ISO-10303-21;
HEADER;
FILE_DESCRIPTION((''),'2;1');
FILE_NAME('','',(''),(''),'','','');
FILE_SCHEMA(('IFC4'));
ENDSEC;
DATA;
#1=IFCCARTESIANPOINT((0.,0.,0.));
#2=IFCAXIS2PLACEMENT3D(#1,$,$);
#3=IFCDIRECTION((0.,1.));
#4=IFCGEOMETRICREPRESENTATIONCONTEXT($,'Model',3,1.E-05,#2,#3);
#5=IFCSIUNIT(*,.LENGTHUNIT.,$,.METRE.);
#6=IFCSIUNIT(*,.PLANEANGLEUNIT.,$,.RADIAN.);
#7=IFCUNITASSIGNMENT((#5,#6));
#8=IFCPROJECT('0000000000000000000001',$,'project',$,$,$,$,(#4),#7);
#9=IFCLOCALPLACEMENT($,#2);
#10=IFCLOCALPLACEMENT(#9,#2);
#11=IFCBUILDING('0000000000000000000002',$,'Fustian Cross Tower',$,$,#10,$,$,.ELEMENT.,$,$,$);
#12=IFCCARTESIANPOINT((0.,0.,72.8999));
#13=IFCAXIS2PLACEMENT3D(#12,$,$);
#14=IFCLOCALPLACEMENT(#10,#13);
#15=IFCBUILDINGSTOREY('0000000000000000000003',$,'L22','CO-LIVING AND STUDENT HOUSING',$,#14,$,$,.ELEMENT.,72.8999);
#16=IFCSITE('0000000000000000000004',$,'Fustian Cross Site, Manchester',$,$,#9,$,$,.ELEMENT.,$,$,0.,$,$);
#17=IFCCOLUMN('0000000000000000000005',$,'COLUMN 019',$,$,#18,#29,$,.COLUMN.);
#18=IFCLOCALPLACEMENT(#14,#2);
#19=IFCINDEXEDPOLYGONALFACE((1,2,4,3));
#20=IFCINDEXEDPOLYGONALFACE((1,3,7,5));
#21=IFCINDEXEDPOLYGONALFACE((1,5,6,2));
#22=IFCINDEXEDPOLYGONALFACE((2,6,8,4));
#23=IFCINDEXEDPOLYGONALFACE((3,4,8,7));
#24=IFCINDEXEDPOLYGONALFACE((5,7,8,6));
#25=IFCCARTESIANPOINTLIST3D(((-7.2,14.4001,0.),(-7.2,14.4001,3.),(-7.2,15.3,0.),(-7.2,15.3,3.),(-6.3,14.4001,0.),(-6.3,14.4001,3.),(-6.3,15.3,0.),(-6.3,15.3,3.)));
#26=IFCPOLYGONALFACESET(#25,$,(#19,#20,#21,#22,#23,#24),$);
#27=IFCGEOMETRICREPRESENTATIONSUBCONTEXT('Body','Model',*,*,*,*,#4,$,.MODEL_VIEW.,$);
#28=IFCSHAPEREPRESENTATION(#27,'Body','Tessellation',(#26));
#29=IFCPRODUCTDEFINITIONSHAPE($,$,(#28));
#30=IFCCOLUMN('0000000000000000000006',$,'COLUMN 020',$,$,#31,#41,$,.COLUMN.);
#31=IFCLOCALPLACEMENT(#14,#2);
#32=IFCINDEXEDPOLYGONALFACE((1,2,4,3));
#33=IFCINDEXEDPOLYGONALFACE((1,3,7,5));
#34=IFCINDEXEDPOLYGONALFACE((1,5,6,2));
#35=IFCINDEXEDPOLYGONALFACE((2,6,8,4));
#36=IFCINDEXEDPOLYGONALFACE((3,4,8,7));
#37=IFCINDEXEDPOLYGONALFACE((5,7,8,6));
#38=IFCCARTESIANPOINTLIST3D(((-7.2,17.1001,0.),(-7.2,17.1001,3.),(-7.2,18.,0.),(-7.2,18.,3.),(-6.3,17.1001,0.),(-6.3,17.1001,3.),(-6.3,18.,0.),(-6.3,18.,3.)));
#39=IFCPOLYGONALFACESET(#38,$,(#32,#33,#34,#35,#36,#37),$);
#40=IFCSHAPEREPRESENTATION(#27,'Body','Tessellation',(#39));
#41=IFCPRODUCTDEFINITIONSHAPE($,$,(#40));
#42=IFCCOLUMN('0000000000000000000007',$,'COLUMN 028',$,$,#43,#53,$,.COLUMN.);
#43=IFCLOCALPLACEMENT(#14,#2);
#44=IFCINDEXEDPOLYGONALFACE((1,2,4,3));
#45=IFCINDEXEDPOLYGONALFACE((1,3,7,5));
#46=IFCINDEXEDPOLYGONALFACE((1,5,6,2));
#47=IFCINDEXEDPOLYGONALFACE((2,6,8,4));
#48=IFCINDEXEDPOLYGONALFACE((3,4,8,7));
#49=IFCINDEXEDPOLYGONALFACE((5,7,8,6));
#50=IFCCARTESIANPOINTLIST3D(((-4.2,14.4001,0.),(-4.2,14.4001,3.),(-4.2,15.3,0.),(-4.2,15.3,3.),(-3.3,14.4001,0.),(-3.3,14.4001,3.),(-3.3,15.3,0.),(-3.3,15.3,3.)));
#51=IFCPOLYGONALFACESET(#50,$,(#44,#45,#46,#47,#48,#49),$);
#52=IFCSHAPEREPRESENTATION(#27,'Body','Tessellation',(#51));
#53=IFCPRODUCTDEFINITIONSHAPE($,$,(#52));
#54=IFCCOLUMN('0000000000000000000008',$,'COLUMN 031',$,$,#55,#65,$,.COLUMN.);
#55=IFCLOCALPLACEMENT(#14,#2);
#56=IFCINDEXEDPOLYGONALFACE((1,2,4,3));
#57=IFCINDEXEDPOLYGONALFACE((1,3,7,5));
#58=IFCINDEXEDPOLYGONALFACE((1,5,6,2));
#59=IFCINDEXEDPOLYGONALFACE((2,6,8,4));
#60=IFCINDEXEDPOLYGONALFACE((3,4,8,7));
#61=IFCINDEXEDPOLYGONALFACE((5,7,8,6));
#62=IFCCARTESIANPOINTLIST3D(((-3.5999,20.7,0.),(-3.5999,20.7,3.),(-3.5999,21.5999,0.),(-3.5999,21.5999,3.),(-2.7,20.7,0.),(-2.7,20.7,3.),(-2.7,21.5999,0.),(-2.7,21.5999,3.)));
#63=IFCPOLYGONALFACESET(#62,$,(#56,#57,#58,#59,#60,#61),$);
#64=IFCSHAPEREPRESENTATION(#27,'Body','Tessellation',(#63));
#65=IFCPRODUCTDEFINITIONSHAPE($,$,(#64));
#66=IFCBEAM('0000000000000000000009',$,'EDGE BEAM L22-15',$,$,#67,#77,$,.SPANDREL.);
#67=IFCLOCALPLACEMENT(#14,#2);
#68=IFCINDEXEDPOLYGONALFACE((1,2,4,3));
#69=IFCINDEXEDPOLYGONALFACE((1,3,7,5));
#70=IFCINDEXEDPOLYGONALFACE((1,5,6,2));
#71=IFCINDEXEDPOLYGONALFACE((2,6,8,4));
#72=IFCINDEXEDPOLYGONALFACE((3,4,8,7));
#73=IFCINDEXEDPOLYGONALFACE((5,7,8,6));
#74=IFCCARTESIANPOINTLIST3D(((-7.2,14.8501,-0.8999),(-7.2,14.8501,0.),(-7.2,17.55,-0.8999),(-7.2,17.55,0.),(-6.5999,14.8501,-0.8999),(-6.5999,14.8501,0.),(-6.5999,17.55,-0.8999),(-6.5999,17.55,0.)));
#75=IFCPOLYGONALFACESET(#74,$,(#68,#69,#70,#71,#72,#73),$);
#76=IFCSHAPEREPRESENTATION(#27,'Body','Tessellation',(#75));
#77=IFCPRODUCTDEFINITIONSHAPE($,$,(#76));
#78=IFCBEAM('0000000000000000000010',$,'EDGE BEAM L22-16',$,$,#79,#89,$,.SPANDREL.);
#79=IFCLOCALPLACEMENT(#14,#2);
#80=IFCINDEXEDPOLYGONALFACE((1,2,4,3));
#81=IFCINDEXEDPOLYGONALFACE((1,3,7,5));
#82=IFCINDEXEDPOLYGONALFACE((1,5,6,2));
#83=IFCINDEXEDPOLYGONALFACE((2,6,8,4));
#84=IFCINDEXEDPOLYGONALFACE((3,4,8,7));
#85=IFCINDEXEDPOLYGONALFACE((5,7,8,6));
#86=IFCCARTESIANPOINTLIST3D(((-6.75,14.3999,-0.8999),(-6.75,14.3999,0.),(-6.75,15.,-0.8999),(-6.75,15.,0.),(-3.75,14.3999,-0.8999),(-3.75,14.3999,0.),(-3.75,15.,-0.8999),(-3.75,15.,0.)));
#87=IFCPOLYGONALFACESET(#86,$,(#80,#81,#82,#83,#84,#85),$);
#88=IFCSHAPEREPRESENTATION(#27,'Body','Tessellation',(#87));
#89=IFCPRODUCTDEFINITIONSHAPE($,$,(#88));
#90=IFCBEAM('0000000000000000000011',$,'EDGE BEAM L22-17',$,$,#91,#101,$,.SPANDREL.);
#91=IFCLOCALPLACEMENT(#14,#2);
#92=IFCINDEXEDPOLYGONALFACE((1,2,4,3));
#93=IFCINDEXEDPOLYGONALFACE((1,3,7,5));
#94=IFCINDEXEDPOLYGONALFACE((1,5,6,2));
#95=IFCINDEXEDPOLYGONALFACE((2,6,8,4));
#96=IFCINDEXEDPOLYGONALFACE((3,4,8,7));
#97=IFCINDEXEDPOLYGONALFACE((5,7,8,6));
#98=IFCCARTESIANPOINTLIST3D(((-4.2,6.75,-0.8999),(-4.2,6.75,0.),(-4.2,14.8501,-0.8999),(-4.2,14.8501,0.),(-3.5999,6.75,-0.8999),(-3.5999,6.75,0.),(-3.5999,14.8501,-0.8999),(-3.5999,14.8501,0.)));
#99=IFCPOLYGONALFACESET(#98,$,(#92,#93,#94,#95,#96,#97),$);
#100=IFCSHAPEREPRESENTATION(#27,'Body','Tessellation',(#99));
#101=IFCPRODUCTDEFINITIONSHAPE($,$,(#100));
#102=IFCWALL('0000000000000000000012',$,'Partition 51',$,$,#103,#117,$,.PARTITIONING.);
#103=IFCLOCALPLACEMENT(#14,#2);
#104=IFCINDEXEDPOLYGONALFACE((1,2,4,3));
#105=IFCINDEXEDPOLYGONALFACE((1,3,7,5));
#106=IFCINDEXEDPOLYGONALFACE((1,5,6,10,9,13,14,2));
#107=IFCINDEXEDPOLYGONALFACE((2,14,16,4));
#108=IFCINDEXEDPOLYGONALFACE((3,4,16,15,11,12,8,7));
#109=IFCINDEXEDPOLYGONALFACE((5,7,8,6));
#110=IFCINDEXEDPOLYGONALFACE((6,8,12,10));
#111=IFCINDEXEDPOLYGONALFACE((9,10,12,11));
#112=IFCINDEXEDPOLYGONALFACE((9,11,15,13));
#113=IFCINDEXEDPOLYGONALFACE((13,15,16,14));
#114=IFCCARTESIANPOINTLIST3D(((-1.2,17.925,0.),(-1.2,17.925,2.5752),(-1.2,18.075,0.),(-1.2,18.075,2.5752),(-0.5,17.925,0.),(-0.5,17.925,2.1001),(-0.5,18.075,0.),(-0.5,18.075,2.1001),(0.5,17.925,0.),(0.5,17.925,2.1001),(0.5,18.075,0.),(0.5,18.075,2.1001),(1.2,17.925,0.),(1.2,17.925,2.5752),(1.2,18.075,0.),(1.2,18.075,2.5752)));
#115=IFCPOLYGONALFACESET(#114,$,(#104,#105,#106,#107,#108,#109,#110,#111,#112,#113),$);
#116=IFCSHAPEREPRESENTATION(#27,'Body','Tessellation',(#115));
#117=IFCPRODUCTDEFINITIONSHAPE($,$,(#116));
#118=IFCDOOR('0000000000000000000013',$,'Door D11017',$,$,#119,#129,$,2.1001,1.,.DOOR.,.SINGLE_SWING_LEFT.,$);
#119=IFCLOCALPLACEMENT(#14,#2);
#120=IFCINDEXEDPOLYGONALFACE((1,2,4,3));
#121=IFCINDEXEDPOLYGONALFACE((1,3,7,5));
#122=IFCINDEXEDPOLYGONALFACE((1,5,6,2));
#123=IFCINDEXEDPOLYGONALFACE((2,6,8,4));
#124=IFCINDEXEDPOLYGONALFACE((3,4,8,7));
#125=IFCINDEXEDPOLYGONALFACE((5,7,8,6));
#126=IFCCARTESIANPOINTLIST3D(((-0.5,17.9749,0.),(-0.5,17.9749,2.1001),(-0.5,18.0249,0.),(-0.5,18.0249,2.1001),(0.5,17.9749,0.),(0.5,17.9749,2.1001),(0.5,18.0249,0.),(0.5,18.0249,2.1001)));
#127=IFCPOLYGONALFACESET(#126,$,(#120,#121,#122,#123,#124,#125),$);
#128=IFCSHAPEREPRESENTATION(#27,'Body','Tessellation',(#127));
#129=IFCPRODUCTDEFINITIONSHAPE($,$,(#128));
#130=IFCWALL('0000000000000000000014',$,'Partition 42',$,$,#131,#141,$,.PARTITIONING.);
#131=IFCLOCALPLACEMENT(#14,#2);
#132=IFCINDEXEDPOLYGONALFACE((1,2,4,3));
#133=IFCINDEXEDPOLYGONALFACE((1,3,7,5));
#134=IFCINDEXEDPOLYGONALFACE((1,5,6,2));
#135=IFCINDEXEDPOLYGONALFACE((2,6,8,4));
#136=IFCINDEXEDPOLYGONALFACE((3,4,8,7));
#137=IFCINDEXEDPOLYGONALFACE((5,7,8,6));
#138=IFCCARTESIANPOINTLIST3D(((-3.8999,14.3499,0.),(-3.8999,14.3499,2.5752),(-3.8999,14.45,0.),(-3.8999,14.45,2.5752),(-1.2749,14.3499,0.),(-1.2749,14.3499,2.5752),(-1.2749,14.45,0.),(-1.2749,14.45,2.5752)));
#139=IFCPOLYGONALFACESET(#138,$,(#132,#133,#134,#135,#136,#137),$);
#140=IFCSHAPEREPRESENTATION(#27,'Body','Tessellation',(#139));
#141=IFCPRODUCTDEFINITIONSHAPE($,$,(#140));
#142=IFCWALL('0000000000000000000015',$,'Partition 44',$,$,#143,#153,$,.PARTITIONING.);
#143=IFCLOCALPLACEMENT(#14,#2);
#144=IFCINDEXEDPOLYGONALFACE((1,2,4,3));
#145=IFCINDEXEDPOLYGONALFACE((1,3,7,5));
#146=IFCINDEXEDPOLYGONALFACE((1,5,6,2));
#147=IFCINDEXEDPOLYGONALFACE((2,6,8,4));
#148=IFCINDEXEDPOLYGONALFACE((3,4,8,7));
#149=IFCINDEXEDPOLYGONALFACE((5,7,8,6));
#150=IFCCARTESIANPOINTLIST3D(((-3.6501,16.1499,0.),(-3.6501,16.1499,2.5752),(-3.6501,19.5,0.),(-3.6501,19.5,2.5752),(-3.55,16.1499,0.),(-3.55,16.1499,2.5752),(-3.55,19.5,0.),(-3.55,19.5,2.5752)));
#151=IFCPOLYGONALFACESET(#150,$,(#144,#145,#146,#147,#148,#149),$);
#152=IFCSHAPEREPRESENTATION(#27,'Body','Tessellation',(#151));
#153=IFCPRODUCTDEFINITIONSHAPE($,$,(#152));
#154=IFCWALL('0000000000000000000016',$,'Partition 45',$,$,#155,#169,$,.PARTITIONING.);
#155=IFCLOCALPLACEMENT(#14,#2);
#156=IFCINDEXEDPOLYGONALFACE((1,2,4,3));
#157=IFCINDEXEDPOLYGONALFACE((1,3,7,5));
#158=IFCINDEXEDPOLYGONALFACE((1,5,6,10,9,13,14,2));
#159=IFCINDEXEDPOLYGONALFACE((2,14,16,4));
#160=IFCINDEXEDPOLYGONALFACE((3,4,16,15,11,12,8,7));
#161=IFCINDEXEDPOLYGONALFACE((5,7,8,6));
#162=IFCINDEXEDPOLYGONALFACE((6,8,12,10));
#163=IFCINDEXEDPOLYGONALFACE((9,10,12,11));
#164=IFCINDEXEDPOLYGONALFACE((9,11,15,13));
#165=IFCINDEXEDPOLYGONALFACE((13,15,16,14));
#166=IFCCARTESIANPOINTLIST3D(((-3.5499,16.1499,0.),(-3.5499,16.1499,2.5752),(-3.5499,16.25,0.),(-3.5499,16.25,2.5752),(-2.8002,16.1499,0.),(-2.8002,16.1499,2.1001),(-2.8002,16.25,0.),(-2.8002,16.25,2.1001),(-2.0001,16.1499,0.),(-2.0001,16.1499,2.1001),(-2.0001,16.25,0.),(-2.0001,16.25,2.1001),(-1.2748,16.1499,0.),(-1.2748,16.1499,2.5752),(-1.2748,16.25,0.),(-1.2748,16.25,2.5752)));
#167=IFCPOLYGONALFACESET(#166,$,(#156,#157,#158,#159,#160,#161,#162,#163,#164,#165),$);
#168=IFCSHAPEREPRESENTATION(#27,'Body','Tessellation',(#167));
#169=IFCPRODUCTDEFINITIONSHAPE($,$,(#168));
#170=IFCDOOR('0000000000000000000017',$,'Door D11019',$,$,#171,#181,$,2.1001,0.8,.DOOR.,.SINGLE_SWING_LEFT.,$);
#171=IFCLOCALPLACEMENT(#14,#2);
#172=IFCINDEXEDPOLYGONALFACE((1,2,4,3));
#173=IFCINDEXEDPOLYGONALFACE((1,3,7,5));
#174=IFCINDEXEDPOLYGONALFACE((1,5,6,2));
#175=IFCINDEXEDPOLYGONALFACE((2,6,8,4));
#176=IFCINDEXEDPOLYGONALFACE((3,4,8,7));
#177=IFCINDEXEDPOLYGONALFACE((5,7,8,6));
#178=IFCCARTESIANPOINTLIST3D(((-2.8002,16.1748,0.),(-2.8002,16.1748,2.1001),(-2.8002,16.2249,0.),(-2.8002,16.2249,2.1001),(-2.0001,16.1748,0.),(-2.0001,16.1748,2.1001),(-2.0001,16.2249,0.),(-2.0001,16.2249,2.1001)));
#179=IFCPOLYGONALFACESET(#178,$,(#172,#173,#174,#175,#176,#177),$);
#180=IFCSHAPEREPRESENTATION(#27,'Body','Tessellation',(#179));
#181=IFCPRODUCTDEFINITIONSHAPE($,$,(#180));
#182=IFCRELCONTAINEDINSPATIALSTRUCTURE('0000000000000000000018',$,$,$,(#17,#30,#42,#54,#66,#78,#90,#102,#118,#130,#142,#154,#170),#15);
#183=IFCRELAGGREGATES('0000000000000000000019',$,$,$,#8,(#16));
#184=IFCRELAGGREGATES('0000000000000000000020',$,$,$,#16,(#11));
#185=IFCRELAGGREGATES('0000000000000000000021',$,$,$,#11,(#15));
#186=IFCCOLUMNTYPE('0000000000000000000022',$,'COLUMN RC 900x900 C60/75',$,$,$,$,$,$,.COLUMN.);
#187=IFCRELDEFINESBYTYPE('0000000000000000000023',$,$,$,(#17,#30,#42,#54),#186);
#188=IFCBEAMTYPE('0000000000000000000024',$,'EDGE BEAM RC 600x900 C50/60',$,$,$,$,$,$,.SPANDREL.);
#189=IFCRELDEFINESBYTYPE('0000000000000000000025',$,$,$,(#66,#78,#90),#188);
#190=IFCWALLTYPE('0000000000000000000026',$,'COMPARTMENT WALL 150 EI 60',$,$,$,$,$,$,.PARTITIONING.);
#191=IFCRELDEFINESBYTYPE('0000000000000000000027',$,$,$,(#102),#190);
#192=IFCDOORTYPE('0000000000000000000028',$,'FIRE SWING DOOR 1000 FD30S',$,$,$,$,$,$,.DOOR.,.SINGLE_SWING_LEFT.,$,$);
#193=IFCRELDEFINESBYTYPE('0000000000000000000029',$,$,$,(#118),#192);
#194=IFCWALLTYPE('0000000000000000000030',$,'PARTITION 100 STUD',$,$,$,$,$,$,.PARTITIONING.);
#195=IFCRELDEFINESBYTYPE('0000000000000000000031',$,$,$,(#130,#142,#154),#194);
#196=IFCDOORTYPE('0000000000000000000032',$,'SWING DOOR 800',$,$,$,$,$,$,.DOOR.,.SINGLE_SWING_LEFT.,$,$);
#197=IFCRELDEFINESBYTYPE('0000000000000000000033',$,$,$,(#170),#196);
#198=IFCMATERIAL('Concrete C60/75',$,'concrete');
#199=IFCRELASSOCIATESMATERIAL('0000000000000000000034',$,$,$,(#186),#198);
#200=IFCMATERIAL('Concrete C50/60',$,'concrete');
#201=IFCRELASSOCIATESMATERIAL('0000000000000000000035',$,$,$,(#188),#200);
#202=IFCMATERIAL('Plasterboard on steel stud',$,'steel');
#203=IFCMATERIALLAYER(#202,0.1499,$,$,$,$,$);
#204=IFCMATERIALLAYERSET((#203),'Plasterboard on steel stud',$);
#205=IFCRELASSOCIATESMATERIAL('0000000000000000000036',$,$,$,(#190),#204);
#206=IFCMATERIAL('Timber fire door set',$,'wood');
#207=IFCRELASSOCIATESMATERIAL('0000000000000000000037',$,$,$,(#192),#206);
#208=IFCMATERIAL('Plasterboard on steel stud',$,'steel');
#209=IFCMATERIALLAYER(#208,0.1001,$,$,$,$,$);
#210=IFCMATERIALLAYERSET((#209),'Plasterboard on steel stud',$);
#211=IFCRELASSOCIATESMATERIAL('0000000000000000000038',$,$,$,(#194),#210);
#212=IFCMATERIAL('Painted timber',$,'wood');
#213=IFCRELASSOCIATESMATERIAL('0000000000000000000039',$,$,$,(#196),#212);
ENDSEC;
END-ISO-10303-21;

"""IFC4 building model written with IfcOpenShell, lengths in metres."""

from ifc_helpers import new_model, si_unit, direction, frame, frame_2d, origin, origin_2d, place, context, subcontext, project, spatial, rectangle, extrude, material, layer, layer_set, material_profile, profile_set, type_object, element, fill, save


model = new_model("IFC4")

# Units and contexts
model_context = context("Model", 3, precision=1e-05, world=origin(), true_north=direction((0.0, 1.0)))
body_context = subcontext(model_context, "Body", "Model", "MODEL_VIEW")
ifc_project = project(units=[si_unit("LENGTHUNIT", "METRE"), si_unit("PLANEANGLEUNIT", "RADIAN")], contexts=[model_context])

# Site, building, storey
site_placement = place(None, origin())
site = spatial("IfcSite", under=ifc_project, at=site_placement, Name="Fustian Cross Site, Manchester", CompositionType="ELEMENT", RefElevation=0.0)
building_placement = place(site_placement, origin())
building = spatial("IfcBuilding", under=site, at=building_placement, Name="Fustian Cross Tower", CompositionType="ELEMENT")
storey_placement = place(building_placement, frame((0.0, 0.0, 72.8999)))
storey = spatial("IfcBuildingStorey", under=building, at=storey_placement, Name="L22", Description="CO-LIVING AND STUDENT HOUSING", CompositionType="ELEMENT", Elevation=72.8999)

# Columns
ifc_material_1 = material(Name="Concrete C60/75", Category="concrete")
ifc_material_profile_1 = material_profile(ifc_material_1, rectangle(XDim=0.8999, YDim=0.8999, at=origin_2d()), Name="RC 900x900")
ifc_profile_set_1 = profile_set([ifc_material_profile_1], Name="Concrete C60/75")
column_type = type_object("IfcColumnType", Name="COLUMN RC 900x900 C60/75", PredefinedType="COLUMN", material=ifc_profile_set_1)
for number, where, z_axis, x_axis, name in (
    (1, (-6.75, 14.8501, 0.0), (0.0, 0.0, 1.0), (1.0, 0.0, 0.0), "COLUMN 019"),
    (2, (-6.75, 17.55, 0.0), (0.0, 0.0, 1.0), (1.0, 0.0, 0.0), "COLUMN 020"),
    (3, (-3.75, 14.8501, 0.0), (0.0, 0.0, 1.0), (1.0, 0.0, 0.0), "COLUMN 028"),
    (4, (-3.1499, 21.1499, 0.0), (0.0, 0.0, 1.0), (1.0, 0.0, 0.0), "COLUMN 031"),
):
    element("IfcColumn", number, at=place(storey_placement, frame(where, z_axis=z_axis, x_axis=x_axis)), inside=storey, type_object=column_type, Name=name, PredefinedType="COLUMN", context=body_context, shape_type="SweptSolid", body=[
        extrude(rectangle(XDim=0.8999, YDim=0.8999, at=origin_2d()), origin(), (0.0, 0.0, 1.0), 3.0),
    ])

# Beams
ifc_material_2 = material(Name="Concrete C50/60", Category="concrete")
ifc_material_profile_2 = material_profile(ifc_material_2, rectangle(XDim=0.6001, YDim=0.8999, at=origin_2d()), Name="RC 600x900")
ifc_profile_set_2 = profile_set([ifc_material_profile_2], Name="Concrete C50/60")
beam_type = type_object("IfcBeamType", Name="EDGE BEAM RC 600x900 C50/60", PredefinedType="SPANDREL", material=ifc_profile_set_2)
beam_1_placement = place(storey_placement, frame((-6.8999, 17.55, -0.45), z_axis=(0.0, -1.0, 0.0), x_axis=(1.0, 0.0, 0.0)))
element("IfcBeam", 5, at=beam_1_placement, inside=storey, type_object=beam_type, Name="EDGE BEAM L22-15", PredefinedType="SPANDREL", context=body_context, shape_type="SweptSolid", body=[
    extrude(rectangle(XDim=0.6001, YDim=0.8999, at=origin_2d()), origin(), (0.0, 0.0, 1.0), 2.7),
])
beam_2_placement = place(storey_placement, frame((-6.75, 14.7, -0.45), z_axis=(1.0, 0.0, 0.0), x_axis=(0.0, 1.0, 0.0)))
element("IfcBeam", 6, at=beam_2_placement, inside=storey, type_object=beam_type, Name="EDGE BEAM L22-16", PredefinedType="SPANDREL", context=body_context, shape_type="SweptSolid", body=[
    extrude(rectangle(XDim=0.6001, YDim=0.8999, at=origin_2d()), origin(), (0.0, 0.0, 1.0), 3.0),
])
beam_3_placement = place(storey_placement, frame((-3.8999, 14.8501, -0.45), z_axis=(0.0, -1.0, 0.0), x_axis=(1.0, 0.0, 0.0)))
element("IfcBeam", 7, at=beam_3_placement, inside=storey, type_object=beam_type, Name="EDGE BEAM L22-17", PredefinedType="SPANDREL", context=body_context, shape_type="SweptSolid", body=[
    extrude(rectangle(XDim=0.6001, YDim=0.8999, at=origin_2d()), origin(), (0.0, 0.0, 1.0), 8.1001),
])

# Wall, opening, door
ifc_material_3 = material(Name="Plasterboard on steel stud", Category="steel")
ifc_layer_1 = layer(ifc_material_3, 0.1499)
ifc_layer_set_1 = layer_set([ifc_layer_1], Name="Plasterboard on steel stud")
wall_type_1 = type_object("IfcWallType", Name="COMPARTMENT WALL 150 EI 60", PredefinedType="PARTITIONING", material=ifc_layer_set_1)
wall_1_placement = place(storey_placement, frame((-1.2, 18.0, 0.0), z_axis=(0.0, 0.0, 1.0), x_axis=(1.0, 0.0, 0.0)))
wall_1 = element("IfcWall", 8, at=wall_1_placement, inside=storey, type_object=wall_type_1, Name="Partition 51", PredefinedType="PARTITIONING", context=body_context, shape_type="SweptSolid", body=[
    extrude(rectangle(XDim=2.3999, YDim=0.1499, at=frame_2d((1.2, 0.0))), origin(), (0.0, 0.0, 1.0), 2.5752),
])
opening_1_placement = place(wall_1_placement, frame((0.7, 0.0, 0.0)))
opening_1 = element("IfcOpeningElement", 9, at=opening_1_placement, cuts=wall_1, PredefinedType="OPENING", context=body_context, shape_type="SweptSolid", body=[
    extrude(rectangle(XDim=1.0, YDim=2.1001, at=frame_2d((0.5, 1.05))), frame((0.0, 0.085, 0.0), z_axis=(0.0, -1.0, 0.0), x_axis=(1.0, 0.0, 0.0)), (0.0, 0.0, 1.0), 0.1699),
])
ifc_material_4 = material(Name="Timber fire door set", Category="wood")
door_type_1 = type_object("IfcDoorType", Name="FIRE SWING DOOR 1000 FD30S", OperationType="SINGLE_SWING_LEFT", PredefinedType="DOOR", material=ifc_material_4)
door_1_placement = place(opening_1_placement, origin())
door_1 = element("IfcDoor", 10, at=door_1_placement, inside=storey, type_object=door_type_1, Name="Door D11017", OperationType="SINGLE_SWING_LEFT", OverallHeight=2.1001, OverallWidth=1.0, PredefinedType="DOOR", context=body_context, shape_type="SweptSolid", body=[
    extrude(rectangle(XDim=1.0, YDim=2.1001, at=frame_2d((0.5, 1.05))), frame((0.0, 0.0249, 0.0), z_axis=(0.0, -1.0, 0.0), x_axis=(1.0, 0.0, 0.0)), (0.0, 0.0, 1.0), 0.05),
])
fill(opening_1, door_1)

# Walls
ifc_material_5 = material(Name="Plasterboard on steel stud", Category="steel")
ifc_layer_2 = layer(ifc_material_5, 0.1001)
ifc_layer_set_2 = layer_set([ifc_layer_2], Name="Plasterboard on steel stud")
wall_type_2 = type_object("IfcWallType", Name="PARTITION 100 STUD", PredefinedType="PARTITIONING", material=ifc_layer_set_2)
wall_2_placement = place(storey_placement, frame((-3.8999, 14.3999, 0.0), z_axis=(0.0, 0.0, 1.0), x_axis=(1.0, 0.0, 0.0)))
element("IfcWall", 11, at=wall_2_placement, inside=storey, type_object=wall_type_2, Name="Partition 42", PredefinedType="PARTITIONING", context=body_context, shape_type="SweptSolid", body=[
    extrude(rectangle(XDim=2.625, YDim=0.1001, at=frame_2d((1.3125, 0.0))), origin(), (0.0, 0.0, 1.0), 2.5752),
])
wall_3_placement = place(storey_placement, frame((-3.6001, 16.1499, 0.0), z_axis=(0.0, 0.0, 1.0), x_axis=(0.0, 1.0, 0.0)))
element("IfcWall", 12, at=wall_3_placement, inside=storey, type_object=wall_type_2, Name="Partition 44", PredefinedType="PARTITIONING", context=body_context, shape_type="SweptSolid", body=[
    extrude(rectangle(XDim=3.3501, YDim=0.1001, at=frame_2d((1.675, 0.0))), origin(), (0.0, 0.0, 1.0), 2.5752),
])

# Wall, opening, door
wall_4_placement = place(storey_placement, frame((-3.55, 16.2, 0.0), z_axis=(0.0, 0.0, 1.0), x_axis=(1.0, 0.0, 0.0)))
wall_4 = element("IfcWall", 13, at=wall_4_placement, inside=storey, type_object=wall_type_2, Name="Partition 45", PredefinedType="PARTITIONING", context=body_context, shape_type="SweptSolid", body=[
    extrude(rectangle(XDim=2.2751, YDim=0.1001, at=frame_2d((1.1377, 0.0))), origin(), (0.0, 0.0, 1.0), 2.5752),
])
opening_2_placement = place(wall_4_placement, frame((0.75, 0.0, 0.0)))
opening_2 = element("IfcOpeningElement", 14, at=opening_2_placement, cuts=wall_4, PredefinedType="OPENING", context=body_context, shape_type="SweptSolid", body=[
    extrude(rectangle(XDim=0.8, YDim=2.1001, at=frame_2d((0.3999, 1.05))), frame((0.0, 0.0601, 0.0), z_axis=(0.0, -1.0, 0.0), x_axis=(1.0, 0.0, 0.0)), (0.0, 0.0, 1.0), 0.1201),
])
ifc_material_6 = material(Name="Painted timber", Category="wood")
door_type_2 = type_object("IfcDoorType", Name="SWING DOOR 800", OperationType="SINGLE_SWING_LEFT", PredefinedType="DOOR", material=ifc_material_6)
door_2_placement = place(opening_2_placement, origin())
door_2 = element("IfcDoor", 15, at=door_2_placement, inside=storey, type_object=door_type_2, Name="Door D11019", OperationType="SINGLE_SWING_LEFT", OverallHeight=2.1001, OverallWidth=0.8, PredefinedType="DOOR", context=body_context, shape_type="SweptSolid", body=[
    extrude(rectangle(XDim=0.8, YDim=2.1001, at=frame_2d((0.3999, 1.05))), frame((0.0, 0.0249, 0.0), z_axis=(0.0, -1.0, 0.0), x_axis=(1.0, 0.0, 0.0)), (0.0, 0.0, 1.0), 0.05),
])
fill(opening_2, door_2)

save(model, "model.ifc")
